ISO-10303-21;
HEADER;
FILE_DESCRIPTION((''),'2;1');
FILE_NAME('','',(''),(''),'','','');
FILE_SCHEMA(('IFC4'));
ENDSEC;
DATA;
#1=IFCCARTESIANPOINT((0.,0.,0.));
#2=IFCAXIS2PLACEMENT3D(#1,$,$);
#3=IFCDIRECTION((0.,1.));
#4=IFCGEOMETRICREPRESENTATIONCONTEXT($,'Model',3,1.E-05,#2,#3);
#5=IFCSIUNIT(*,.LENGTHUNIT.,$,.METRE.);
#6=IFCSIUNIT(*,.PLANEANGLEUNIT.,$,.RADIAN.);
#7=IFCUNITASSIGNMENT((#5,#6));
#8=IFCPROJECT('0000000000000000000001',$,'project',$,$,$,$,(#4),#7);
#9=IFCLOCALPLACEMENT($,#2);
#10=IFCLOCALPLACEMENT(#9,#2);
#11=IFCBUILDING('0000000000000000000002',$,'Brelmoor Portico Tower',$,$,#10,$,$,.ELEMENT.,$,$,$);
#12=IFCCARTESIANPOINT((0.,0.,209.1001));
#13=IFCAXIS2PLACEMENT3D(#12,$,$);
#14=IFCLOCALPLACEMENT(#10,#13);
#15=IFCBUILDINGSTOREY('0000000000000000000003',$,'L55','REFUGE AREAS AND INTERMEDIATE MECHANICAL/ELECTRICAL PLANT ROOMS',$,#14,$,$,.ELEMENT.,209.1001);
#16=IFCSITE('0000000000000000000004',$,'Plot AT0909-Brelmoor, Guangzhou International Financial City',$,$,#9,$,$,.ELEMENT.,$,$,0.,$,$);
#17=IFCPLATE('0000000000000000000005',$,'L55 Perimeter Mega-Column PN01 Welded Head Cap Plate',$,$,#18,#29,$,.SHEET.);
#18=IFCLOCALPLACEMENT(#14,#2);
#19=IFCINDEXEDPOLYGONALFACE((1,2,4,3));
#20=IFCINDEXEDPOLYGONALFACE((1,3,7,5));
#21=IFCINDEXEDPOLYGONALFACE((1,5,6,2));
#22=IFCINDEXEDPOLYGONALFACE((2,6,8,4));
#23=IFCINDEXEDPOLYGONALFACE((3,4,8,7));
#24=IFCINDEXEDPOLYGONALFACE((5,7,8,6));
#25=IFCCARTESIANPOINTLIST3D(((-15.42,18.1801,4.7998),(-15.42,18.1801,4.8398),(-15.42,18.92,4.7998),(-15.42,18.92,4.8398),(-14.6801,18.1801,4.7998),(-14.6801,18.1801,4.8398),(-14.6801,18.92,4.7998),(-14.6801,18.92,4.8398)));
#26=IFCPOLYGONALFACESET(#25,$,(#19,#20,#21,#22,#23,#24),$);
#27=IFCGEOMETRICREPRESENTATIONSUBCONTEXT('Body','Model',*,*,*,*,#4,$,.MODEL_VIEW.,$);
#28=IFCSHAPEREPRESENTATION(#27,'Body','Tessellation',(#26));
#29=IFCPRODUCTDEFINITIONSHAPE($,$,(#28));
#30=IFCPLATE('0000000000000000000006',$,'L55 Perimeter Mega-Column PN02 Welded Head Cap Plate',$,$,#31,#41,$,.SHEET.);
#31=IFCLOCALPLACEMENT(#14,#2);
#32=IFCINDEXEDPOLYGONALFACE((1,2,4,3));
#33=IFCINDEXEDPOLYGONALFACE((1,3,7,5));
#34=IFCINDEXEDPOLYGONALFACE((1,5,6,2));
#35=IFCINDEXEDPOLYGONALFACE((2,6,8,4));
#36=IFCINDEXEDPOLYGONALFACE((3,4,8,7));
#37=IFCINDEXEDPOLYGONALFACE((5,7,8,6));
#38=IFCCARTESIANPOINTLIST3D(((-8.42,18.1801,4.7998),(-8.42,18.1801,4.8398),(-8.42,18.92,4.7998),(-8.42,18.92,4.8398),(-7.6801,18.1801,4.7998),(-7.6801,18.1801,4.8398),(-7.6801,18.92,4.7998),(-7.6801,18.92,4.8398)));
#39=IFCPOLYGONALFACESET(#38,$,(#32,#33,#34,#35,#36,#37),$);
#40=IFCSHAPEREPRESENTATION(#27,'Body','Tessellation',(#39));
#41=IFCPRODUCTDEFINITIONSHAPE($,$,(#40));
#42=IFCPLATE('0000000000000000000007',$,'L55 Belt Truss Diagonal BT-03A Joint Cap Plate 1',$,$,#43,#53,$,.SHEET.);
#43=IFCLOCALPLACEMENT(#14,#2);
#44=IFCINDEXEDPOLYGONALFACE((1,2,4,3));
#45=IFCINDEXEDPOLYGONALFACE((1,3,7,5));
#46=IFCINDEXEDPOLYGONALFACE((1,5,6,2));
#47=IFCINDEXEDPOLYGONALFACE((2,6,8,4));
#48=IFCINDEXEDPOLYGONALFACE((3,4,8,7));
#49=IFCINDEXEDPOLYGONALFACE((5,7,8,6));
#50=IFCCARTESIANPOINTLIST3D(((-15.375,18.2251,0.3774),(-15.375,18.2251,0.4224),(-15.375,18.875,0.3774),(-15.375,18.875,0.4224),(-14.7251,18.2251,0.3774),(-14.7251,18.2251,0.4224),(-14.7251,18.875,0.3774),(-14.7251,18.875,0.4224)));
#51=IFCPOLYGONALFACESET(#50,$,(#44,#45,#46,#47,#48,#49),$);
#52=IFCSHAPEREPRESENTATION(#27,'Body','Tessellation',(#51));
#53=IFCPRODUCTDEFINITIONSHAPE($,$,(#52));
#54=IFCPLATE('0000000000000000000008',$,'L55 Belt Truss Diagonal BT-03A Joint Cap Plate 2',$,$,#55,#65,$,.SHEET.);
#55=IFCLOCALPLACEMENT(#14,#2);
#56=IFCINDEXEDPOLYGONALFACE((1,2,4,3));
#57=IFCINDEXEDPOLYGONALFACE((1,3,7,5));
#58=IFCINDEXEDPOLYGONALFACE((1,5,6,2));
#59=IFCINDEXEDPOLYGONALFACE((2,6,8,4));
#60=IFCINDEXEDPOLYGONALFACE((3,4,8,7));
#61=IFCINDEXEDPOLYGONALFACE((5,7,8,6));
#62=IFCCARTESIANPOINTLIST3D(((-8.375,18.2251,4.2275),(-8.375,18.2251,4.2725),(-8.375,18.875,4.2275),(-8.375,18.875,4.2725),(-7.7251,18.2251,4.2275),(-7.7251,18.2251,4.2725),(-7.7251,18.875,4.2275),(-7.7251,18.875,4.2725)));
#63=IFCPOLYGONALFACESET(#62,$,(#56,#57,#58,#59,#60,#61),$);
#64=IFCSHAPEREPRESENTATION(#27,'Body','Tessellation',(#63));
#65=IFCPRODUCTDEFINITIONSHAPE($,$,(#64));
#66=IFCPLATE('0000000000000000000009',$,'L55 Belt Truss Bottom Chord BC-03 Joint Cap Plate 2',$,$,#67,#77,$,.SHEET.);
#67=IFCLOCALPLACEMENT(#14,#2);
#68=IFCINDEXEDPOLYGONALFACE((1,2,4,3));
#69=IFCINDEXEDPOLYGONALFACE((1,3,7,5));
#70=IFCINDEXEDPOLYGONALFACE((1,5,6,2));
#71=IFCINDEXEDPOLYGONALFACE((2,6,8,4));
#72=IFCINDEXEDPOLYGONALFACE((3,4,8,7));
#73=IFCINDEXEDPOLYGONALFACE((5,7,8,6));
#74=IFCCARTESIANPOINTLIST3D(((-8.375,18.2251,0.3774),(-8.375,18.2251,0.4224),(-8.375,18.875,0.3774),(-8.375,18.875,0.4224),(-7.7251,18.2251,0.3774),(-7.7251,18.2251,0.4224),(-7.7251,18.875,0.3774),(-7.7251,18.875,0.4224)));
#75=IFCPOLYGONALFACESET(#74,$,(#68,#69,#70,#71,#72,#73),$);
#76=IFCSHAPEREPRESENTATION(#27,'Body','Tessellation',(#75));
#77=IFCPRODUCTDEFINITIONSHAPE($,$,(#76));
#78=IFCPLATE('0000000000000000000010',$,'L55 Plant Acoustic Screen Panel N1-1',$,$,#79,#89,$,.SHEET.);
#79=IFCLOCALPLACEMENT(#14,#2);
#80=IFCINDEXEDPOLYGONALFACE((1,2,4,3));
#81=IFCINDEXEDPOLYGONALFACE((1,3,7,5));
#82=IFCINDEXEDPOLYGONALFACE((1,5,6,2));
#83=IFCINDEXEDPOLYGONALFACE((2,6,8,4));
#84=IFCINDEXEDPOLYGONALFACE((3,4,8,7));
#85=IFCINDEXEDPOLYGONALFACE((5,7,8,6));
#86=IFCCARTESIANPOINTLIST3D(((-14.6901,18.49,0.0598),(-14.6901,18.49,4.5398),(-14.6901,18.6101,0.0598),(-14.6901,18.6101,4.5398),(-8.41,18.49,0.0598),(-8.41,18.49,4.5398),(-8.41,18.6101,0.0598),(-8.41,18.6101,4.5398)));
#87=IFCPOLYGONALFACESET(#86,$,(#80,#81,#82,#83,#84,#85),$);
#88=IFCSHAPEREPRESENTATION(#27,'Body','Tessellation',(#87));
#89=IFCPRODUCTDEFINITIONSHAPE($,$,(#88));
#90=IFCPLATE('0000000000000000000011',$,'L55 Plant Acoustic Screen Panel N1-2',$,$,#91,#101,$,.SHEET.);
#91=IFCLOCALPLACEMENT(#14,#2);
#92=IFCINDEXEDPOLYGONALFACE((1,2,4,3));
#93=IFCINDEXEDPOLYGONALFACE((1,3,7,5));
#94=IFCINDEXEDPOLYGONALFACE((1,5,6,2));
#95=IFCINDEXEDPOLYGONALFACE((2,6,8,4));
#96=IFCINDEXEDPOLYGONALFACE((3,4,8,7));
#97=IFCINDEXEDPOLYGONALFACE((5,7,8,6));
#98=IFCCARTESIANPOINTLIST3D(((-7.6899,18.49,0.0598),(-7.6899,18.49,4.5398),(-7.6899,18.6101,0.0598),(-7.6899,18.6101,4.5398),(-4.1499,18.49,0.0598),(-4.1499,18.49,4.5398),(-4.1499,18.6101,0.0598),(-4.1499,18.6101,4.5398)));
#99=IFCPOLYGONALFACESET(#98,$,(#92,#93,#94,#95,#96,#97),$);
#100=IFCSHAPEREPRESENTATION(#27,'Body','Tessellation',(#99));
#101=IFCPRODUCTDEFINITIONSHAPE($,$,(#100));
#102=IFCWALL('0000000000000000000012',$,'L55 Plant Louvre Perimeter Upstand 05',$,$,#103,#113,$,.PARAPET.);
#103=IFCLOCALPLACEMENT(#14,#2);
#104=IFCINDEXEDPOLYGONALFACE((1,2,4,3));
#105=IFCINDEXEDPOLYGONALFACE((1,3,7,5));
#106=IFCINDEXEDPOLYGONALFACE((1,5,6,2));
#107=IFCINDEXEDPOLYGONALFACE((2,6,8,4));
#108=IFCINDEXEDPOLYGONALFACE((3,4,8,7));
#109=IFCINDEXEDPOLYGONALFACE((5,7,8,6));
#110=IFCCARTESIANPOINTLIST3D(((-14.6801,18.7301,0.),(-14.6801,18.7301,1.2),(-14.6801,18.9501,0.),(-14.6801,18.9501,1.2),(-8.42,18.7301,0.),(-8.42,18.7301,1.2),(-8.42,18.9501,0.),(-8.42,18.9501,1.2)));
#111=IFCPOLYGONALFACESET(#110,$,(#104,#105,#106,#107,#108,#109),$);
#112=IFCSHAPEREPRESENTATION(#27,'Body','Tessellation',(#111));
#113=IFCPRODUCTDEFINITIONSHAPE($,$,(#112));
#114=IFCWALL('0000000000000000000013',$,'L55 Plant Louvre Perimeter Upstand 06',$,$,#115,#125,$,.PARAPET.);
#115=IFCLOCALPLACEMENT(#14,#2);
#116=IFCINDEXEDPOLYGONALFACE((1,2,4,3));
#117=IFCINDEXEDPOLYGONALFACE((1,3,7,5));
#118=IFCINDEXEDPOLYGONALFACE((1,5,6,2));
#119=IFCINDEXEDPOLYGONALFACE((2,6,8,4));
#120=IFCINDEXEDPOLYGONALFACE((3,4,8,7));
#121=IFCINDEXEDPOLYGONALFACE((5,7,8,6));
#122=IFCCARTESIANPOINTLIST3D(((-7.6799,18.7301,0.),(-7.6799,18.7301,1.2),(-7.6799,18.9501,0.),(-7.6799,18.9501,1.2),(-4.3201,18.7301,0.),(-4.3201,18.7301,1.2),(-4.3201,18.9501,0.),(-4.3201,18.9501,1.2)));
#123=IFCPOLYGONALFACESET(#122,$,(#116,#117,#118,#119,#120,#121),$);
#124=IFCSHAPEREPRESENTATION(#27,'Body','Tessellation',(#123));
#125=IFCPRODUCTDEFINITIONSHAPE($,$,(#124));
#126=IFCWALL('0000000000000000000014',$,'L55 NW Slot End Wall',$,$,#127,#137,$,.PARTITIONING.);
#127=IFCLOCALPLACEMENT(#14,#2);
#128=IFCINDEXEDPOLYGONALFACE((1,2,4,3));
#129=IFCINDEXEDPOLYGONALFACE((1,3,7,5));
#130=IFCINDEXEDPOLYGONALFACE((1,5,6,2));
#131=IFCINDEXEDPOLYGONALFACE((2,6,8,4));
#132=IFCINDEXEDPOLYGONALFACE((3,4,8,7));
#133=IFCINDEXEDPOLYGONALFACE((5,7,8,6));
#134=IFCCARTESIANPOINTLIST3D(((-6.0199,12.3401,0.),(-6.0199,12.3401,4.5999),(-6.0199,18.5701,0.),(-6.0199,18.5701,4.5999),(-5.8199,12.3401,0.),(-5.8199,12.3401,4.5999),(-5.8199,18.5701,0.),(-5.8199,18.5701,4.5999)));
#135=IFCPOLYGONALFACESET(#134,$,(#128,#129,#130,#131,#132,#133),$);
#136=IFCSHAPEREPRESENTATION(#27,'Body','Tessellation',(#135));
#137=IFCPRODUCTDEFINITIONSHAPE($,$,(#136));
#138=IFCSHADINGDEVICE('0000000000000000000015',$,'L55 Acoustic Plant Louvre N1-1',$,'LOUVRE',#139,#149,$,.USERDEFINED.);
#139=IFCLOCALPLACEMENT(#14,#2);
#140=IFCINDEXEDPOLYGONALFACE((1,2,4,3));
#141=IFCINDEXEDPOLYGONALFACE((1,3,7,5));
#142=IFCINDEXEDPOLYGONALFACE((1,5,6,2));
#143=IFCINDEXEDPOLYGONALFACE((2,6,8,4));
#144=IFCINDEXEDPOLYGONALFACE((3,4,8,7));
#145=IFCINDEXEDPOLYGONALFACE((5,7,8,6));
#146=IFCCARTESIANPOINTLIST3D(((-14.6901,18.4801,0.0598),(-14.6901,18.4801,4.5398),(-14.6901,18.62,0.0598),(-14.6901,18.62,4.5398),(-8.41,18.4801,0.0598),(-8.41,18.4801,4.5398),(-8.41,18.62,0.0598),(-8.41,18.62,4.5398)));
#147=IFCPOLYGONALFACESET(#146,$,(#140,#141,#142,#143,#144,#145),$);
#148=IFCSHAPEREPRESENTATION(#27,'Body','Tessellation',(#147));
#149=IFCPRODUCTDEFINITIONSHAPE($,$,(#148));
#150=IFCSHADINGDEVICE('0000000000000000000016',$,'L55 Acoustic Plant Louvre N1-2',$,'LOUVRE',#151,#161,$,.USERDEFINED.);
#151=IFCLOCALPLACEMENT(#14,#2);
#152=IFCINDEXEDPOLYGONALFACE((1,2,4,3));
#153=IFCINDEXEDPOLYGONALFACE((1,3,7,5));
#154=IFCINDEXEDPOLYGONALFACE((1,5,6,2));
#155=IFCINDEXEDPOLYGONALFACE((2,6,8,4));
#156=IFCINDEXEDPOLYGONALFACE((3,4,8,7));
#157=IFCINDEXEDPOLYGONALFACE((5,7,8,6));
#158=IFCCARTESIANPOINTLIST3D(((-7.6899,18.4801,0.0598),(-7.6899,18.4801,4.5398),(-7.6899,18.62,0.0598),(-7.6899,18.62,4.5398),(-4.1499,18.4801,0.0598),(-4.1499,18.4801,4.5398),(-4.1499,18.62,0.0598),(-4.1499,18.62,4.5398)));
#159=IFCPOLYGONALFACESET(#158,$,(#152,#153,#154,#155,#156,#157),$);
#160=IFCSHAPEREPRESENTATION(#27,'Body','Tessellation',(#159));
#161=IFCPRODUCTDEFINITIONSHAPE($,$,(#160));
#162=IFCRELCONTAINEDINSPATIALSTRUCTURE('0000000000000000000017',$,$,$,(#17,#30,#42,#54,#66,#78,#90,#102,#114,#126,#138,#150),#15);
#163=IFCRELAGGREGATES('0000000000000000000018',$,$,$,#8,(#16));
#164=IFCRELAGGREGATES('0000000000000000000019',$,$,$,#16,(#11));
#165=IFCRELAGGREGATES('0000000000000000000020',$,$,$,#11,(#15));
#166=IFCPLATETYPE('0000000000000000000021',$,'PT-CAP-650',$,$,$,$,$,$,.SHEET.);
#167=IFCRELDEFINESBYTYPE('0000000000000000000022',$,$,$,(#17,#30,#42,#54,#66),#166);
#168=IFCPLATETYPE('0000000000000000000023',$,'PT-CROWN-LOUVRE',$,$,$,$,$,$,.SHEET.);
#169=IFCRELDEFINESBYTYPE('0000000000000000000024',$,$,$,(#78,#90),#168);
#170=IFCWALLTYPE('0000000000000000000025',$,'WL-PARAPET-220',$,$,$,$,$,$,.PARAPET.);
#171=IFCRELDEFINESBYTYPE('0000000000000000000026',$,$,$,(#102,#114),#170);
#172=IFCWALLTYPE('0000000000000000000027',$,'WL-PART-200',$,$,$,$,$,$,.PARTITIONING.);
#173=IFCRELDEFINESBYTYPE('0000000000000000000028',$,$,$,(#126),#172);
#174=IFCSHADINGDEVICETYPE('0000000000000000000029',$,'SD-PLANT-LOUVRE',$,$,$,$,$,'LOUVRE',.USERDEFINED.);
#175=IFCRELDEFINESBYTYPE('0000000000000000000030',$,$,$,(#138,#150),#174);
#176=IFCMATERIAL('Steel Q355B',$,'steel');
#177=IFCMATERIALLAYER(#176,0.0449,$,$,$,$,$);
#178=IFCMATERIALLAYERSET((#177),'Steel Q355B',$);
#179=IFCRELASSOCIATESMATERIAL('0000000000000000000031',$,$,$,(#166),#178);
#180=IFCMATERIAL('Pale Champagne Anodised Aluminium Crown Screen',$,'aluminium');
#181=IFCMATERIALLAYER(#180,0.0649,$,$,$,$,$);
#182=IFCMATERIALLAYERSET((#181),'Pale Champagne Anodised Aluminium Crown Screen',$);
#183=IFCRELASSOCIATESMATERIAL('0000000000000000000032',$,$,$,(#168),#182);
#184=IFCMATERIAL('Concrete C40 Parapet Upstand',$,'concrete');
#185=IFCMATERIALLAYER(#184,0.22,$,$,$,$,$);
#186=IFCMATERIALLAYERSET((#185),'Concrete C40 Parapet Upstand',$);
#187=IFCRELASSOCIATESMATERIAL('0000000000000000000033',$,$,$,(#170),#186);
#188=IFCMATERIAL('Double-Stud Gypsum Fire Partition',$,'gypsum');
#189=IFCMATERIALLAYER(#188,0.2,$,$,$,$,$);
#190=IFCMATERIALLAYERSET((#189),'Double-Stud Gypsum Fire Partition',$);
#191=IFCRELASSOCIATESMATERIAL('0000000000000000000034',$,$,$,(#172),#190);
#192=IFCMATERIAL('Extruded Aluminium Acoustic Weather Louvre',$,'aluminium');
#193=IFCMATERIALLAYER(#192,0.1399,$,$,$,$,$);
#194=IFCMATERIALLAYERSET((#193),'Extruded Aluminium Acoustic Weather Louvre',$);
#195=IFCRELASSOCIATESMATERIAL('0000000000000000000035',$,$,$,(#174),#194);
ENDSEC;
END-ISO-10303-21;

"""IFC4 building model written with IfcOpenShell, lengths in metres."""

from ifc_helpers import new_model, si_unit, direction, frame, frame_2d, origin, origin_2d, place, context, subcontext, project, spatial, rectangle, extrude, material, layer, layer_set, type_object, element, save


model = new_model("IFC4")

# Units and contexts
model_context = context("Model", 3, precision=1e-05, world=origin(), true_north=direction((0.0, 1.0)))
body_context = subcontext(model_context, "Body", "Model", "MODEL_VIEW")
ifc_project = project(units=[si_unit("LENGTHUNIT", "METRE"), si_unit("PLANEANGLEUNIT", "RADIAN")], contexts=[model_context])

# Site, building, storey
site_placement = place(None, origin())
site = spatial("IfcSite", under=ifc_project, at=site_placement, Name="Plot AT0909-Brelmoor, Guangzhou International Financial City", CompositionType="ELEMENT", RefElevation=0.0)
building_placement = place(site_placement, origin())
building = spatial("IfcBuilding", under=site, at=building_placement, Name="Brelmoor Portico Tower", CompositionType="ELEMENT")
storey_placement = place(building_placement, frame((0.0, 0.0, 209.1001)))
storey = spatial("IfcBuildingStorey", under=building, at=storey_placement, Name="L55", Description="REFUGE AREAS AND INTERMEDIATE MECHANICAL/ELECTRICAL PLANT ROOMS", CompositionType="ELEMENT", Elevation=209.1001)

# Shared definitions
ifc_material_1 = material(Name="Steel Q355B", Category="steel")

# Plates
ifc_layer_1 = layer(ifc_material_1, 0.0449)
ifc_layer_set_1 = layer_set([ifc_layer_1], Name="Steel Q355B")
plate_type_1 = type_object("IfcPlateType", Name="PT-CAP-650", PredefinedType="SHEET", material=ifc_layer_set_1)
for number, where, z_axis, x_axis, name in (
    (1, (-15.05, 18.55, 4.7998), (0.0, 0.0, 1.0), (1.0, 0.0, 0.0), "L55 Perimeter Mega-Column PN01 Welded Head Cap Plate"),
    (2, (-8.05, 18.55, 4.7998), (0.0, 0.0, 1.0), (1.0, 0.0, 0.0), "L55 Perimeter Mega-Column PN02 Welded Head Cap Plate"),
):
    element("IfcPlate", number, at=place(storey_placement, frame(where, z_axis=z_axis, x_axis=x_axis)), inside=storey, type_object=plate_type_1, Name=name, PredefinedType="SHEET", context=body_context, shape_type="SweptSolid", body=[
        extrude(rectangle(XDim=0.74, YDim=0.74, at=origin_2d()), origin(), (0.0, 0.0, 1.0), 0.04),
    ])
for number, where, z_axis, x_axis, name in (
    (3, (-15.05, 18.55, 0.3774), (0.0, 0.0, 1.0), (1.0, 0.0, 0.0), "L55 Belt Truss Diagonal BT-03A Joint Cap Plate 1"),
    (4, (-8.05, 18.55, 4.2275), (0.0, 0.0, 1.0), (1.0, 0.0, 0.0), "L55 Belt Truss Diagonal BT-03A Joint Cap Plate 2"),
    (5, (-8.05, 18.55, 0.3774), (0.0, 0.0, 1.0), (1.0, 0.0, 0.0), "L55 Belt Truss Bottom Chord BC-03 Joint Cap Plate 2"),
):
    element("IfcPlate", number, at=place(storey_placement, frame(where, z_axis=z_axis, x_axis=x_axis)), inside=storey, type_object=plate_type_1, Name=name, PredefinedType="SHEET", context=body_context, shape_type="SweptSolid", body=[
        extrude(rectangle(XDim=0.6499, YDim=0.6499, at=origin_2d()), origin(), (0.0, 0.0, 1.0), 0.0449),
    ])
ifc_material_2 = material(Name="Pale Champagne Anodised Aluminium Crown Screen", Category="aluminium")
ifc_layer_2 = layer(ifc_material_2, 0.0649)
ifc_layer_set_2 = layer_set([ifc_layer_2], Name="Pale Champagne Anodised Aluminium Crown Screen")
plate_type_2 = type_object("IfcPlateType", Name="PT-CROWN-LOUVRE", PredefinedType="SHEET", material=ifc_layer_set_2)
plate_1_placement = place(storey_placement, frame((-11.55, 18.55, 0.0598), z_axis=(0.0, 0.0, 1.0), x_axis=(1.0, 0.0, 0.0)))
element("IfcPlate", 6, at=plate_1_placement, inside=storey, type_object=plate_type_2, Name="L55 Plant Acoustic Screen Panel N1-1", PredefinedType="SHEET", context=body_context, shape_type="SweptSolid", body=[
    extrude(rectangle(XDim=6.28, YDim=0.1201, at=origin_2d()), origin(), (0.0, 0.0, 1.0), 4.48),
])
plate_2_placement = place(storey_placement, frame((-5.9199, 18.55, 0.0598), z_axis=(0.0, 0.0, 1.0), x_axis=(1.0, 0.0, 0.0)))
element("IfcPlate", 7, at=plate_2_placement, inside=storey, type_object=plate_type_2, Name="L55 Plant Acoustic Screen Panel N1-2", PredefinedType="SHEET", context=body_context, shape_type="SweptSolid", body=[
    extrude(rectangle(XDim=3.54, YDim=0.1201, at=origin_2d()), origin(), (0.0, 0.0, 1.0), 4.48),
])

# Walls
ifc_material_3 = material(Name="Concrete C40 Parapet Upstand", Category="concrete")
ifc_layer_3 = layer(ifc_material_3, 0.22)
ifc_layer_set_3 = layer_set([ifc_layer_3], Name="Concrete C40 Parapet Upstand")
wall_type_1 = type_object("IfcWallType", Name="WL-PARAPET-220", PredefinedType="PARAPET", material=ifc_layer_set_3)
wall_1_placement = place(storey_placement, frame((-14.6799, 18.8401, 0.0), z_axis=(0.0, 0.0, 1.0), x_axis=(1.0, 0.0, 0.0)))
element("IfcWall", 8, at=wall_1_placement, inside=storey, type_object=wall_type_1, Name="L55 Plant Louvre Perimeter Upstand 05", PredefinedType="PARAPET", context=body_context, shape_type="SweptSolid", body=[
    extrude(rectangle(XDim=6.26, YDim=0.22, at=frame_2d((3.1299, 0.0))), origin(), (0.0, 0.0, 1.0), 1.2),
])
wall_2_placement = place(storey_placement, frame((-7.6799, 18.8401, 0.0), z_axis=(0.0, 0.0, 1.0), x_axis=(1.0, 0.0, 0.0)))
element("IfcWall", 9, at=wall_2_placement, inside=storey, type_object=wall_type_1, Name="L55 Plant Louvre Perimeter Upstand 06", PredefinedType="PARAPET", context=body_context, shape_type="SweptSolid", body=[
    extrude(rectangle(XDim=3.3599, YDim=0.22, at=frame_2d((1.6799, 0.0))), origin(), (0.0, 0.0, 1.0), 1.2),
])
ifc_material_4 = material(Name="Double-Stud Gypsum Fire Partition", Category="gypsum")
ifc_layer_4 = layer(ifc_material_4, 0.2)
ifc_layer_set_4 = layer_set([ifc_layer_4], Name="Double-Stud Gypsum Fire Partition")
wall_type_2 = type_object("IfcWallType", Name="WL-PART-200", PredefinedType="PARTITIONING", material=ifc_layer_set_4)
wall_3_placement = place(storey_placement, frame((-5.9199, 12.3401, 0.0), z_axis=(0.0, 0.0, 1.0), x_axis=(0.0, 1.0, 0.0)))
element("IfcWall", 10, at=wall_3_placement, inside=storey, type_object=wall_type_2, Name="L55 NW Slot End Wall", PredefinedType="PARTITIONING", context=body_context, shape_type="SweptSolid", body=[
    extrude(rectangle(XDim=6.23, YDim=0.2, at=frame_2d((3.115, 0.0))), origin(), (0.0, 0.0, 1.0), 4.5999),
])

# Shading devices
ifc_material_5 = material(Name="Extruded Aluminium Acoustic Weather Louvre", Category="aluminium")
ifc_layer_5 = layer(ifc_material_5, 0.1399)
ifc_layer_set_5 = layer_set([ifc_layer_5], Name="Extruded Aluminium Acoustic Weather Louvre")
shading_device_type = type_object("IfcShadingDeviceType", Name="SD-PLANT-LOUVRE", ElementType="LOUVRE", PredefinedType="USERDEFINED", material=ifc_layer_set_5)
shading_device_1_placement = place(storey_placement, frame((-11.55, 18.55, 0.0598), z_axis=(0.0, 0.0, 1.0), x_axis=(1.0, 0.0, 0.0)))
element("IfcShadingDevice", 11, at=shading_device_1_placement, inside=storey, type_object=shading_device_type, Name="L55 Acoustic Plant Louvre N1-1", ObjectType="LOUVRE", PredefinedType="USERDEFINED", context=body_context, shape_type="SweptSolid", body=[
    extrude(rectangle(XDim=6.28, YDim=0.1399, at=origin_2d()), origin(), (0.0, 0.0, 1.0), 4.48),
])
shading_device_2_placement = place(storey_placement, frame((-5.9199, 18.55, 0.0598), z_axis=(0.0, 0.0, 1.0), x_axis=(1.0, 0.0, 0.0)))
element("IfcShadingDevice", 12, at=shading_device_2_placement, inside=storey, type_object=shading_device_type, Name="L55 Acoustic Plant Louvre N1-2", ObjectType="LOUVRE", PredefinedType="USERDEFINED", context=body_context, shape_type="SweptSolid", body=[
    extrude(rectangle(XDim=3.54, YDim=0.1399, at=origin_2d()), origin(), (0.0, 0.0, 1.0), 4.48),
])

save(model, "model.ifc")
